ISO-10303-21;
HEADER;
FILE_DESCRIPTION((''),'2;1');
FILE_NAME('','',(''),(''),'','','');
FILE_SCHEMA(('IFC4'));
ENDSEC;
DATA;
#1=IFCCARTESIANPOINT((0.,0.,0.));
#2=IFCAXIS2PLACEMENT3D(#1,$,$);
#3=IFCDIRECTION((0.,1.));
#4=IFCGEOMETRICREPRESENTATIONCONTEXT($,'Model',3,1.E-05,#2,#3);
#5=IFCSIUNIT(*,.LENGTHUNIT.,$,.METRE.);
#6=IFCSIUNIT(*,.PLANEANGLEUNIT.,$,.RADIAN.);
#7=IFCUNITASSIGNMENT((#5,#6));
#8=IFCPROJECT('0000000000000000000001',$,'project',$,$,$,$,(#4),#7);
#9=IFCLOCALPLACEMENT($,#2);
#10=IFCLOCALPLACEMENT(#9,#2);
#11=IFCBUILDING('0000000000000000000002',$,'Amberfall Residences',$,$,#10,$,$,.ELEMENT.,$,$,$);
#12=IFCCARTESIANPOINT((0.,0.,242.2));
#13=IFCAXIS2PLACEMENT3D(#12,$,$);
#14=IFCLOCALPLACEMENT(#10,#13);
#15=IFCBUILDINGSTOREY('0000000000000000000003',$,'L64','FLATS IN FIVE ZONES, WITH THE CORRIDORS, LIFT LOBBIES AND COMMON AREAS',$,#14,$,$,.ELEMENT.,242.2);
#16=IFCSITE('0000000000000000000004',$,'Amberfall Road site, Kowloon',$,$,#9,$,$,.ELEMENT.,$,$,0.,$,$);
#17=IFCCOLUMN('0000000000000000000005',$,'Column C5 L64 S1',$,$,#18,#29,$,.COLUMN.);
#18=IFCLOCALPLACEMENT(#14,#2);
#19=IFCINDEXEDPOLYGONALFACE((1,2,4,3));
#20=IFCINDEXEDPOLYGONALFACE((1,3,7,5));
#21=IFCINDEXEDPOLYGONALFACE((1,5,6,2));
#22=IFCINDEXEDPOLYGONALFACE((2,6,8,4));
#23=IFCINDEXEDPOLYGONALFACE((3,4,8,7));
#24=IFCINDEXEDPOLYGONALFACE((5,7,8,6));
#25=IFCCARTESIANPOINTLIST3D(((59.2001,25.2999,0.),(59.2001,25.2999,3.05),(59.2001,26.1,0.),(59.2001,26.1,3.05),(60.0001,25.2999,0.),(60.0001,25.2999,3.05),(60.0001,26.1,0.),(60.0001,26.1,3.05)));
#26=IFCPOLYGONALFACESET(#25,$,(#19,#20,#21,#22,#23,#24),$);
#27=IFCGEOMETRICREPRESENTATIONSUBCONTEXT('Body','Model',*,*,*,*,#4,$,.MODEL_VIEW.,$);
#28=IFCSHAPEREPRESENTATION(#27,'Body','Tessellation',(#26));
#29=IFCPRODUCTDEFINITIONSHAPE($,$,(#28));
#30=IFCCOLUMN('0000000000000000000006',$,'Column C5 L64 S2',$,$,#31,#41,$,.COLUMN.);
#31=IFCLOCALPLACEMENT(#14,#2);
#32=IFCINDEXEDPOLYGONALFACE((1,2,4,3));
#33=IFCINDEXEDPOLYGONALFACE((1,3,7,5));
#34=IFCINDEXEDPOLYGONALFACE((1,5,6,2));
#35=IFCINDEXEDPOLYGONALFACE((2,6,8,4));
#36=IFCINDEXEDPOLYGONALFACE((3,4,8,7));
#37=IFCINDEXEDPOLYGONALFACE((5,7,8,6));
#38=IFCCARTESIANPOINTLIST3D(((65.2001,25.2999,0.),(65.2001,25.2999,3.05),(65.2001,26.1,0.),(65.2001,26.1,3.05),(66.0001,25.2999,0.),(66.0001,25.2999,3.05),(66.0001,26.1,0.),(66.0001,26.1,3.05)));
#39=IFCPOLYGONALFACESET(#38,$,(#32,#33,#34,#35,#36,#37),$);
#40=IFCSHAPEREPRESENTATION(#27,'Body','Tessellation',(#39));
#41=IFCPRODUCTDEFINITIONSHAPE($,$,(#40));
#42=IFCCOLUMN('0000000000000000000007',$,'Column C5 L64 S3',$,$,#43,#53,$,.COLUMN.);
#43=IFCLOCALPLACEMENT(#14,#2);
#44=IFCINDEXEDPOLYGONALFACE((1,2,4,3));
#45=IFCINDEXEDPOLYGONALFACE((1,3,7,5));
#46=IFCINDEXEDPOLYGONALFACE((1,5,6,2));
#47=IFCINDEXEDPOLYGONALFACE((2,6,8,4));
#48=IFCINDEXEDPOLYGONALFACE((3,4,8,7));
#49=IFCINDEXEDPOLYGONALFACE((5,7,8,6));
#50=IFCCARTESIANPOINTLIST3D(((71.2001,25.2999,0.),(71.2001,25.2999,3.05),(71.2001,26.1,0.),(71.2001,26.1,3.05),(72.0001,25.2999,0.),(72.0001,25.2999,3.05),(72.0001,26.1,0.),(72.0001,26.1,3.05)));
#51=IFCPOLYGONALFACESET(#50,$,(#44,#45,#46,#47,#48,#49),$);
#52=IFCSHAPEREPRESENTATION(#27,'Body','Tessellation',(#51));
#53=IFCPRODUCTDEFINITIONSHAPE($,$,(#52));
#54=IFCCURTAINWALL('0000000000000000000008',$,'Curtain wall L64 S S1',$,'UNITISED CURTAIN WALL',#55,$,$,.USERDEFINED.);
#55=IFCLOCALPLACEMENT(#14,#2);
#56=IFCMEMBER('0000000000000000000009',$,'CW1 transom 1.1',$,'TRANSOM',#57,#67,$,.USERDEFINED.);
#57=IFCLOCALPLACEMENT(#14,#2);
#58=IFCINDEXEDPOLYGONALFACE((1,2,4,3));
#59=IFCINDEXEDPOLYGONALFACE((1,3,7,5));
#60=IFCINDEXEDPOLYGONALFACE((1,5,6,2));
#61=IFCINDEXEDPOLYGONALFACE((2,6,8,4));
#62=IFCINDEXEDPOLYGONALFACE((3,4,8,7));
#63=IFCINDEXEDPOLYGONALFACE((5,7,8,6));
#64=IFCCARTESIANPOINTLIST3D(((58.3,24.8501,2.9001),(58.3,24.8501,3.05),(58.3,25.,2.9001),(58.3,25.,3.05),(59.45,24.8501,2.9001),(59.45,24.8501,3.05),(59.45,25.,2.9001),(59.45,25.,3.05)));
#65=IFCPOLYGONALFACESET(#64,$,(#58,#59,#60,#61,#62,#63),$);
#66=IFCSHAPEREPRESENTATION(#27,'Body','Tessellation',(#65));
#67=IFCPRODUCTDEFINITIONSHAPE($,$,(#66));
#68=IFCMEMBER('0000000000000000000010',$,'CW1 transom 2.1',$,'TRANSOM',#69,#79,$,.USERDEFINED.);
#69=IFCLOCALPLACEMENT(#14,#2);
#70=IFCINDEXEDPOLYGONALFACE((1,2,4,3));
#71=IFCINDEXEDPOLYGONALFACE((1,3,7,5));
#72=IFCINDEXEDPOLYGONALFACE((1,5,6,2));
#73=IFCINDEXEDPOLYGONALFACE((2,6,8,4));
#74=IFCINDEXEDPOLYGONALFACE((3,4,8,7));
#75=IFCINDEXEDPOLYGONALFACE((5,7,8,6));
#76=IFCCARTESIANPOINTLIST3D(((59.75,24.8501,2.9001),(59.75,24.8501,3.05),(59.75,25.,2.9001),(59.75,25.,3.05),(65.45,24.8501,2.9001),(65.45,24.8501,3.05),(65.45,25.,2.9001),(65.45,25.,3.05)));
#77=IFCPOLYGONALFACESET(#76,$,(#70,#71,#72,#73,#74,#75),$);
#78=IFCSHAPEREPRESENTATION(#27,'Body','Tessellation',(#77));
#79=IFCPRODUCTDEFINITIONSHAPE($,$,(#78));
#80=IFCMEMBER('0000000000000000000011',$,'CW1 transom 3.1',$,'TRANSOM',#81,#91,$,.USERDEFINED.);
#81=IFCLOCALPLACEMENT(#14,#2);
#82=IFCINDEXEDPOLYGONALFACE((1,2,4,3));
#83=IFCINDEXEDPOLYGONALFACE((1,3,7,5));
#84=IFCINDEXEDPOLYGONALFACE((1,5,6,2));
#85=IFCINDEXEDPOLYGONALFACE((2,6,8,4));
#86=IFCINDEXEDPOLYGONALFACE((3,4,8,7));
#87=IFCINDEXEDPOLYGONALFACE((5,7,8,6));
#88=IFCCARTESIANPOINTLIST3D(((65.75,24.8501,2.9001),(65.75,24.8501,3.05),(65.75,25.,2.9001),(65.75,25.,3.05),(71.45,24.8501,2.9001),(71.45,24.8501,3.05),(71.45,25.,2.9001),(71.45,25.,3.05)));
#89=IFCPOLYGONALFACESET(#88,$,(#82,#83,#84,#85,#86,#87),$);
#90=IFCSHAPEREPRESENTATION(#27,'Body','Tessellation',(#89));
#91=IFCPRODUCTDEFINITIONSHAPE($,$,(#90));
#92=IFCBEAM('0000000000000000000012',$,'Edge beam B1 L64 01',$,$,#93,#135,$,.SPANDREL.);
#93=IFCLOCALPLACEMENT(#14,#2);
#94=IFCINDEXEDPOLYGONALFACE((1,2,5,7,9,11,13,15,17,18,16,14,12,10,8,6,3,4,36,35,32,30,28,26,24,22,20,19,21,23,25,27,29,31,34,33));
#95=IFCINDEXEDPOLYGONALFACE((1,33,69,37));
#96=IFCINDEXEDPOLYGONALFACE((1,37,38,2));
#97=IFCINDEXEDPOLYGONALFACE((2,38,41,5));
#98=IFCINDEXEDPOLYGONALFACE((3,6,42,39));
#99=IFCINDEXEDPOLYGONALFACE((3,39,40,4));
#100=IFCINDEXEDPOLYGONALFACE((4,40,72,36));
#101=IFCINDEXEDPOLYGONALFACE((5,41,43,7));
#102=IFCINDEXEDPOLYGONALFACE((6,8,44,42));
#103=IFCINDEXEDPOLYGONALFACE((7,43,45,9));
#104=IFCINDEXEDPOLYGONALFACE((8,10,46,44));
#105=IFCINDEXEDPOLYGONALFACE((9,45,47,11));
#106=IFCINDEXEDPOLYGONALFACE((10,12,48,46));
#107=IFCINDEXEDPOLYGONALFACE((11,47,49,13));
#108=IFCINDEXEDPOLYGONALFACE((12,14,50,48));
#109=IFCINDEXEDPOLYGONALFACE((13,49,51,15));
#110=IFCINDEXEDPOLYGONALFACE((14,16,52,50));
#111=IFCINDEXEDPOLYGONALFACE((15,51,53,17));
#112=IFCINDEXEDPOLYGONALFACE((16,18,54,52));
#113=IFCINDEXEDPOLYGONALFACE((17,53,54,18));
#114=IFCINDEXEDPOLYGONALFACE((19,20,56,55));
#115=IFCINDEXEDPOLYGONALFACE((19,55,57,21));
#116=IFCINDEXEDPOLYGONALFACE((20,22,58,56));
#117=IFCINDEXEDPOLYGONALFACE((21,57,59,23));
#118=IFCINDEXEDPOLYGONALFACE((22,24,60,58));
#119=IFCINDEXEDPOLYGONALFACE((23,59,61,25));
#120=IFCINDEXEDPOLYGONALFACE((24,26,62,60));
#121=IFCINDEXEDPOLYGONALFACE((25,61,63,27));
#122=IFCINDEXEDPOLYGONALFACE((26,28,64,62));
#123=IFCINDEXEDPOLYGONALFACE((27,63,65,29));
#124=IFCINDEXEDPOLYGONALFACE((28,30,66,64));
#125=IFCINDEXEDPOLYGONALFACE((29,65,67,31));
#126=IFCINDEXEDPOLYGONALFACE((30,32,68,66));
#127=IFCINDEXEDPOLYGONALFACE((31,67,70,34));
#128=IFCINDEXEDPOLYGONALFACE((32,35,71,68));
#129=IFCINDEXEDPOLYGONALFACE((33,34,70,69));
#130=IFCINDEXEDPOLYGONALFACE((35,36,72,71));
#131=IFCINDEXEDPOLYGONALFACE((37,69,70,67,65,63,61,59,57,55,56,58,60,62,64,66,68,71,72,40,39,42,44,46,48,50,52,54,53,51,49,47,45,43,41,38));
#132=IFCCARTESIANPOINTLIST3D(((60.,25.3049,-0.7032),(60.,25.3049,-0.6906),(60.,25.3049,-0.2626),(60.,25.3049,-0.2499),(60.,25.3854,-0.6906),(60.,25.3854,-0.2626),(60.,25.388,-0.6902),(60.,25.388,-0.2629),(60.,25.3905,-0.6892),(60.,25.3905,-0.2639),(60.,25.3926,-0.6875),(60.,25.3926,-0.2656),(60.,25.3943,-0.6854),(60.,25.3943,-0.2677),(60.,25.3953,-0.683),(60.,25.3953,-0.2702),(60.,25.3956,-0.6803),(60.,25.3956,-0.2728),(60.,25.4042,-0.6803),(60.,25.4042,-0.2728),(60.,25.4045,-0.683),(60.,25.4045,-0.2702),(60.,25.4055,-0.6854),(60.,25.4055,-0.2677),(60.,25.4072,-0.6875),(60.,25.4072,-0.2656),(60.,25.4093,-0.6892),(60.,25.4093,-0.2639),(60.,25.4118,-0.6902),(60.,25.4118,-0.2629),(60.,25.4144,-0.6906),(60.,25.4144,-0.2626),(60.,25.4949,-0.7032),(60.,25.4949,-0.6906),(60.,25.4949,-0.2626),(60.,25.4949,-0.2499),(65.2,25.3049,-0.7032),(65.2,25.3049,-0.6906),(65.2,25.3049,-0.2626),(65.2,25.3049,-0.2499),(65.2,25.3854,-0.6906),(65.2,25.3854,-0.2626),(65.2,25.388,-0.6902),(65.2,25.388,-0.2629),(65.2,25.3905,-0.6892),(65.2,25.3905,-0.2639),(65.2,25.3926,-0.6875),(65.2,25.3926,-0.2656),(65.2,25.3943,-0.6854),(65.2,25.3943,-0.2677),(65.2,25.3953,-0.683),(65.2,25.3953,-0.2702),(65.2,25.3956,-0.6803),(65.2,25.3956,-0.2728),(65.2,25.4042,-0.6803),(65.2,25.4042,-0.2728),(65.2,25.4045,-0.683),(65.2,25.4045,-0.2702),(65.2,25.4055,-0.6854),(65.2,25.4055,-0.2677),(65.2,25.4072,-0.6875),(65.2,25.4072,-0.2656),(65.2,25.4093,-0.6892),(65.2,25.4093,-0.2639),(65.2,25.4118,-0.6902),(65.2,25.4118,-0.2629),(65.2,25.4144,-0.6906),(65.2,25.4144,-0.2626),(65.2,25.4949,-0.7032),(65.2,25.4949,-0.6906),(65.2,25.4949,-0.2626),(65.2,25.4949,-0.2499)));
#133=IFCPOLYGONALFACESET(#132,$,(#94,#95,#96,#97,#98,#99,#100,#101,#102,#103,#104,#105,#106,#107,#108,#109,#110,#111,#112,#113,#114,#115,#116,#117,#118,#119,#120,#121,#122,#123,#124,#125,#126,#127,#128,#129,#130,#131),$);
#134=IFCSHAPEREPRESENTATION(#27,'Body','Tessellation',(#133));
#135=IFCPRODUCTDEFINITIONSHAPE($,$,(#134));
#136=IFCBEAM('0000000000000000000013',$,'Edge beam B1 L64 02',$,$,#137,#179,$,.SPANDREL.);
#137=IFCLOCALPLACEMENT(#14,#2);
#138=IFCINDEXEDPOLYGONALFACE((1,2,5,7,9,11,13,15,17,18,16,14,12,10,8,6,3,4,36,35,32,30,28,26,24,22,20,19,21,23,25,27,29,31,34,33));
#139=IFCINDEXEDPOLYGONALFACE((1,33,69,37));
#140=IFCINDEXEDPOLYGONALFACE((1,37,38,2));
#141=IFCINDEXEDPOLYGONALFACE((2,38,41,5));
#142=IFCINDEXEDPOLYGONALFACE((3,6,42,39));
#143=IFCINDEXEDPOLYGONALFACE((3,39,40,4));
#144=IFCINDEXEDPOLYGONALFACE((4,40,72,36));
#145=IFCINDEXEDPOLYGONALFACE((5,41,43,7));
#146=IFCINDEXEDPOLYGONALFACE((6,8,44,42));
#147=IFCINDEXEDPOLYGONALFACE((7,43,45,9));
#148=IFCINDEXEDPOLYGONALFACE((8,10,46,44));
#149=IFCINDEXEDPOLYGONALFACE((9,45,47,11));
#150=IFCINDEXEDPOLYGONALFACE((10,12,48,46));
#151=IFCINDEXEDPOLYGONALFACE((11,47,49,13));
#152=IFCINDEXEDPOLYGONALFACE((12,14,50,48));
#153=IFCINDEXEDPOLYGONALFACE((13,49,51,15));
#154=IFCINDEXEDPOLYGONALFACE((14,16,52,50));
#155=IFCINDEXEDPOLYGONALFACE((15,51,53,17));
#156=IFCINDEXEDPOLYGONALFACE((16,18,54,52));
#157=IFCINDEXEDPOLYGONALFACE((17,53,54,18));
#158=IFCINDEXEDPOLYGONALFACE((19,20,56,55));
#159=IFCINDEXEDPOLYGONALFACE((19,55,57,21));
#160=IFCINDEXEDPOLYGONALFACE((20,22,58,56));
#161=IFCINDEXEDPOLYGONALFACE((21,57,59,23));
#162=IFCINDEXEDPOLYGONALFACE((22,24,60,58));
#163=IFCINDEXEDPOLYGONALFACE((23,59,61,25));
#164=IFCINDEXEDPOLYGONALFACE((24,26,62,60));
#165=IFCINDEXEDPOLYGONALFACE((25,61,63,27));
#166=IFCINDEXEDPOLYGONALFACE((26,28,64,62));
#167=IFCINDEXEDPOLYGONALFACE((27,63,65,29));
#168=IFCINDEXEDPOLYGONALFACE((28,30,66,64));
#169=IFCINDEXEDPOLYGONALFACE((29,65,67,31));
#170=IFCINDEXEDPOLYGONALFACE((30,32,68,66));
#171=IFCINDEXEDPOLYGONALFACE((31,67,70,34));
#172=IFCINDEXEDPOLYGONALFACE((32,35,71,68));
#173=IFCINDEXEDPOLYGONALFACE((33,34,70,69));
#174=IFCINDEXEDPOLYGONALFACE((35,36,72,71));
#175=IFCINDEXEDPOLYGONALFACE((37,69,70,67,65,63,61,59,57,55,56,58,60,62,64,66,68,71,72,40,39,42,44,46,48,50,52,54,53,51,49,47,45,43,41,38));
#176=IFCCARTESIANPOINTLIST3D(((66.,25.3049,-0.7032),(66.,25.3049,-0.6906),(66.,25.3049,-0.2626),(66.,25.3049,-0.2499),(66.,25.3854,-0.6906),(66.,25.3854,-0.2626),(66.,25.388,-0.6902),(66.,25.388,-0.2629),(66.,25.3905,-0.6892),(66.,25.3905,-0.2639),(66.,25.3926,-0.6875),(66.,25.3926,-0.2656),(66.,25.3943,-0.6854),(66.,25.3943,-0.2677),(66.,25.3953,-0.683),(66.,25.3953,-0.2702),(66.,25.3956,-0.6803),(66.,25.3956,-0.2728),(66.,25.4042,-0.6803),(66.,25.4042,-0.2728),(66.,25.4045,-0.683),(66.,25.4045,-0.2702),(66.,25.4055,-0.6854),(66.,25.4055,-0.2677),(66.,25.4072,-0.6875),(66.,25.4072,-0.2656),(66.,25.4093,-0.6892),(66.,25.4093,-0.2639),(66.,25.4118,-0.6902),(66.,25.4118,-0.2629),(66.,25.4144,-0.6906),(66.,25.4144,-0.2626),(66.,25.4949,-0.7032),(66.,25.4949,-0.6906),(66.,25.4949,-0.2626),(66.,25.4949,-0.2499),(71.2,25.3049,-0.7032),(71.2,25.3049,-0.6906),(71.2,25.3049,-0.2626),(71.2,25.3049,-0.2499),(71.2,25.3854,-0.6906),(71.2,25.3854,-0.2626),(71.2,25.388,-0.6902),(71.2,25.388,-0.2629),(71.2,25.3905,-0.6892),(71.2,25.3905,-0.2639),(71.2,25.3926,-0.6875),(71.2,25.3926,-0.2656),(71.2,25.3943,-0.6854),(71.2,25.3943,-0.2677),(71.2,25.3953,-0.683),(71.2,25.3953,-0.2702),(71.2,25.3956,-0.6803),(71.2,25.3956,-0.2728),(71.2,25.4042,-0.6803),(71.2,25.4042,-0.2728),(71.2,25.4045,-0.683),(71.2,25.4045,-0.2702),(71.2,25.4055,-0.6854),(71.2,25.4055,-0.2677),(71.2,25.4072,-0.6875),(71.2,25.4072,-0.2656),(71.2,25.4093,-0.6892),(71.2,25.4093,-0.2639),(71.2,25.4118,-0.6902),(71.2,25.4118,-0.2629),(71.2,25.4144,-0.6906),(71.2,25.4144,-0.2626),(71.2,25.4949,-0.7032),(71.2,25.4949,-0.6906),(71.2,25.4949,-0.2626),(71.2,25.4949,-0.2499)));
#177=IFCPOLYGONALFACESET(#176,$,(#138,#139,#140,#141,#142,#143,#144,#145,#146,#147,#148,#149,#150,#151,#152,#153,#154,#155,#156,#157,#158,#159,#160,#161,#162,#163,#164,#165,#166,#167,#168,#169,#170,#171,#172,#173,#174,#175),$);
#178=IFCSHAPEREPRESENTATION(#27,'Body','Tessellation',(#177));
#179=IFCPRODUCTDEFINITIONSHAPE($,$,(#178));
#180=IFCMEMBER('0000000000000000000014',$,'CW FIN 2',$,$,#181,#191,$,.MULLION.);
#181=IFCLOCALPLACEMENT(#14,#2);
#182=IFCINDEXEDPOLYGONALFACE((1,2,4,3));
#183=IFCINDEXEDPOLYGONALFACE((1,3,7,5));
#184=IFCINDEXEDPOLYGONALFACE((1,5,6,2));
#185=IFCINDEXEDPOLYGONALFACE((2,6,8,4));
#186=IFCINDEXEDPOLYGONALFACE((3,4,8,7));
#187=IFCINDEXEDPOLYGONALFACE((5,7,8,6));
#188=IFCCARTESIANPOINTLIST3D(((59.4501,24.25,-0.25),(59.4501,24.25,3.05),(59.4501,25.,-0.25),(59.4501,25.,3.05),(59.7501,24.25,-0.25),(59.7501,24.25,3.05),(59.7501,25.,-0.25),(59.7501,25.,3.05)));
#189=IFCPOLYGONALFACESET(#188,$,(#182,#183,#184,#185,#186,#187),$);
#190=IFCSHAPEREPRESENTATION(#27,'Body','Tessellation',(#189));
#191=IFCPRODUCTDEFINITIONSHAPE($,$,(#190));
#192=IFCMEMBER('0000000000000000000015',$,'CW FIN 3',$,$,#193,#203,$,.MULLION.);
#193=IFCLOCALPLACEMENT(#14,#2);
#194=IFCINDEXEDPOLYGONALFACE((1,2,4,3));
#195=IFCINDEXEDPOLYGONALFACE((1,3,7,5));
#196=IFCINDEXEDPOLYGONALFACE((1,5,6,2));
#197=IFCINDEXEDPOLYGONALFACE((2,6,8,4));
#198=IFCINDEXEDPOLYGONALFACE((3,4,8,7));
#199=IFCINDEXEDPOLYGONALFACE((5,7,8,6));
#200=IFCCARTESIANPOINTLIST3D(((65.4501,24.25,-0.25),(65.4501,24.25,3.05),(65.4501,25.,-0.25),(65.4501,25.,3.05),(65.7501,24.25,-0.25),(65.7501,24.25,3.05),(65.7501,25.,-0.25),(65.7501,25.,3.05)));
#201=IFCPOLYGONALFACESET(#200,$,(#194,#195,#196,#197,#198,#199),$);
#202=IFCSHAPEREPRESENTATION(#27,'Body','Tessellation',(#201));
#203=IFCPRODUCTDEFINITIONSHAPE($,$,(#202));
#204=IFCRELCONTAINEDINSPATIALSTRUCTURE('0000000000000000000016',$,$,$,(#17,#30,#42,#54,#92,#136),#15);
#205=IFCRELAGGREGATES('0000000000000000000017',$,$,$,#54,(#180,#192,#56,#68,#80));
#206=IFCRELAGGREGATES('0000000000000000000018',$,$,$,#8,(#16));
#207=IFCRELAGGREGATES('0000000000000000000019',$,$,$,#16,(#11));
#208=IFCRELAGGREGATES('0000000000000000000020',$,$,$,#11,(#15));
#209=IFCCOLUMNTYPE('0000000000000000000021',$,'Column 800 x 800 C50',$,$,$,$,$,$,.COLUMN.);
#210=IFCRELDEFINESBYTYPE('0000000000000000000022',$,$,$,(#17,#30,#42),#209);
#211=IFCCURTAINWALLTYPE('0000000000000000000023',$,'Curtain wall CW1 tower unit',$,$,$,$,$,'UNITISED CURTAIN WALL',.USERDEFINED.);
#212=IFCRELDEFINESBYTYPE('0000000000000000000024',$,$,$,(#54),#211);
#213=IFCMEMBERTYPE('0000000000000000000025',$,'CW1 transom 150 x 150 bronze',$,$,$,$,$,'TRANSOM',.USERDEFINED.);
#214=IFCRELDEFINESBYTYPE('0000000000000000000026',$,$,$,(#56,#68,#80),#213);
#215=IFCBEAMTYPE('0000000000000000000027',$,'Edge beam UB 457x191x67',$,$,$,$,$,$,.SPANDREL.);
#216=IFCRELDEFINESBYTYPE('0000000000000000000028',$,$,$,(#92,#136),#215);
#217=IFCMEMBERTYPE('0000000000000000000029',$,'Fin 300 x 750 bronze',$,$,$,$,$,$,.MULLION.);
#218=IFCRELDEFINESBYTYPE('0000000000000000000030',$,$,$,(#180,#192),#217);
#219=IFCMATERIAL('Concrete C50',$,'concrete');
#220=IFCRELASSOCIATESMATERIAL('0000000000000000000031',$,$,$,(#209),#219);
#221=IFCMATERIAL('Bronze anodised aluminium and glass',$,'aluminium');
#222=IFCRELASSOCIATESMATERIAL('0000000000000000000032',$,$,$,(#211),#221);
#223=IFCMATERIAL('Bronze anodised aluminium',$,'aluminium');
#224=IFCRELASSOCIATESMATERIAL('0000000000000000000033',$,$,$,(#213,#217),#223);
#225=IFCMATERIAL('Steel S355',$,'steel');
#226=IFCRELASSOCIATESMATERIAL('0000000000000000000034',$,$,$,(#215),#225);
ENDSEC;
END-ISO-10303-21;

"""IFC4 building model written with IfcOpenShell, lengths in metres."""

from ifc_helpers import new_model, si_unit, direction, frame, origin, origin_2d, place, context, subcontext, project, spatial, rectangle, i_section, extrude, material, material_profile, profile_set, type_object, element, aggregate, save


model = new_model("IFC4")

# Units and contexts
model_context = context("Model", 3, precision=1e-05, world=origin(), true_north=direction((0.0, 1.0)))
body_context = subcontext(model_context, "Body", "Model", "MODEL_VIEW")
ifc_project = project(units=[si_unit("LENGTHUNIT", "METRE"), si_unit("PLANEANGLEUNIT", "RADIAN")], contexts=[model_context])

# Site, building, storey
site_placement = place(None, origin())
site = spatial("IfcSite", under=ifc_project, at=site_placement, Name="Amberfall Road site, Kowloon", CompositionType="ELEMENT", RefElevation=0.0)
building_placement = place(site_placement, origin())
building = spatial("IfcBuilding", under=site, at=building_placement, Name="Amberfall Residences", CompositionType="ELEMENT")
storey_placement = place(building_placement, frame((0.0, 0.0, 242.2)))
storey = spatial("IfcBuildingStorey", under=building, at=storey_placement, Name="L64", Description="FLATS IN FIVE ZONES, WITH THE CORRIDORS, LIFT LOBBIES AND COMMON AREAS", CompositionType="ELEMENT", Elevation=242.2)

# Columns
ifc_material_1 = material(Name="Concrete C50", Category="concrete")
ifc_material_profile_1 = material_profile(ifc_material_1, rectangle(XDim=0.8, YDim=0.8, at=origin_2d()), Name="Column 800 x 800 C50")
ifc_profile_set_1 = profile_set([ifc_material_profile_1], Name="Concrete C50")
column_type = type_object("IfcColumnType", Name="Column 800 x 800 C50", PredefinedType="COLUMN", material=ifc_profile_set_1)
for number, where, z_axis, x_axis, name in (
    (1, (59.6001, 25.7, 0.0), (0.0, 0.0, 1.0), (1.0, 0.0, 0.0), "Column C5 L64 S1"),
    (2, (65.6001, 25.7, 0.0), (0.0, 0.0, 1.0), (1.0, 0.0, 0.0), "Column C5 L64 S2"),
    (3, (71.6001, 25.7, 0.0), (0.0, 0.0, 1.0), (1.0, 0.0, 0.0), "Column C5 L64 S3"),
):
    element("IfcColumn", number, at=place(storey_placement, frame(where, z_axis=z_axis, x_axis=x_axis)), inside=storey, type_object=column_type, Name=name, PredefinedType="COLUMN", context=body_context, shape_type="SweptSolid", body=[
        extrude(rectangle(XDim=0.8, YDim=0.8, at=origin_2d()), origin(), (0.0, 0.0, 1.0), 3.05),
    ])

# Curtain wall, members
ifc_material_2 = material(Name="Bronze anodised aluminium and glass", Category="aluminium")
curtain_wall_type = type_object("IfcCurtainWallType", Name="Curtain wall CW1 tower unit", ElementType="UNITISED CURTAIN WALL", PredefinedType="USERDEFINED", material=ifc_material_2)
curtain_wall_placement = place(storey_placement, origin())
curtain_wall = element("IfcCurtainWall", 4, at=curtain_wall_placement, inside=storey, type_object=curtain_wall_type, Name="Curtain wall L64 S S1", ObjectType="UNITISED CURTAIN WALL", PredefinedType="USERDEFINED")
ifc_material_3 = material(Name="Bronze anodised aluminium", Category="aluminium")
ifc_material_profile_2 = material_profile(ifc_material_3, rectangle(XDim=0.1499, YDim=0.1499, at=origin_2d()), Name="CW1 transom 150 x 150 bronze")
ifc_profile_set_2 = profile_set([ifc_material_profile_2], Name="Bronze anodised aluminium")
member_type_1 = type_object("IfcMemberType", Name="CW1 transom 150 x 150 bronze", ElementType="TRANSOM", PredefinedType="USERDEFINED", material=ifc_profile_set_2)
member_1_placement = place(storey_placement, frame((58.3, 24.925, 2.9751), z_axis=(1.0, 0.0, 0.0), x_axis=(0.0, 1.0, 0.0)))
member_1 = element("IfcMember", 5, at=member_1_placement, type_object=member_type_1, Name="CW1 transom 1.1", ObjectType="TRANSOM", PredefinedType="USERDEFINED", context=body_context, shape_type="SweptSolid", body=[
    extrude(rectangle(XDim=0.1499, YDim=0.1499, at=origin_2d()), origin(), (0.0, 0.0, 1.0), 1.1499),
])
member_2_placement = place(storey_placement, frame((59.75, 24.925, 2.9751), z_axis=(1.0, 0.0, 0.0), x_axis=(0.0, 1.0, 0.0)))
member_2 = element("IfcMember", 6, at=member_2_placement, type_object=member_type_1, Name="CW1 transom 2.1", ObjectType="TRANSOM", PredefinedType="USERDEFINED", context=body_context, shape_type="SweptSolid", body=[
    extrude(rectangle(XDim=0.1499, YDim=0.1499, at=origin_2d()), origin(), (0.0, 0.0, 1.0), 5.7),
])
member_3_placement = place(storey_placement, frame((65.75, 24.925, 2.9751), z_axis=(1.0, 0.0, 0.0), x_axis=(0.0, 1.0, 0.0)))
member_3 = element("IfcMember", 7, at=member_3_placement, type_object=member_type_1, Name="CW1 transom 3.1", ObjectType="TRANSOM", PredefinedType="USERDEFINED", context=body_context, shape_type="SweptSolid", body=[
    extrude(rectangle(XDim=0.1499, YDim=0.1499, at=origin_2d()), origin(), (0.0, 0.0, 1.0), 5.7),
])

# Beams
ifc_material_4 = material(Name="Steel S355", Category="steel")
ifc_material_profile_3 = material_profile(ifc_material_4, i_section(OverallWidth=0.1899, OverallDepth=0.4534, WebThickness=0.0085, FlangeThickness=0.0127, FilletRadius=0.0103, at=origin_2d()), Name="UB 457x191x67")
ifc_profile_set_3 = profile_set([ifc_material_profile_3], Name="Steel S355")
beam_type_1 = type_object("IfcBeamType", Name="Edge beam UB 457x191x67", PredefinedType="SPANDREL", material=ifc_profile_set_3)
for number, where, z_axis, x_axis, name in (
    (8, (60.0, 25.3999, -0.4766), (1.0, 0.0, 0.0), (0.0, 1.0, 0.0), "Edge beam B1 L64 01"),
    (9, (66.0, 25.3999, -0.4766), (1.0, 0.0, 0.0), (0.0, 1.0, 0.0), "Edge beam B1 L64 02"),
):
    element("IfcBeam", number, at=place(storey_placement, frame(where, z_axis=z_axis, x_axis=x_axis)), inside=storey, type_object=beam_type_1, Name=name, PredefinedType="SPANDREL", context=body_context, shape_type="SweptSolid", body=[
        extrude(i_section(OverallWidth=0.1899, OverallDepth=0.4534, WebThickness=0.0085, FlangeThickness=0.0127, FilletRadius=0.0103, at=origin_2d()), origin(), (0.0, 0.0, 1.0), 5.2),
    ])

# Members
ifc_material_profile_4 = material_profile(ifc_material_3, rectangle(XDim=0.75, YDim=0.3, at=origin_2d()), Name="Fin 300 x 750 bronze")
ifc_profile_set_4 = profile_set([ifc_material_profile_4], Name="Bronze anodised aluminium")
member_type_2 = type_object("IfcMemberType", Name="Fin 300 x 750 bronze", PredefinedType="MULLION", material=ifc_profile_set_4)
member_4_placement = place(storey_placement, frame((59.6001, 24.625, -0.25), z_axis=(0.0, 0.0, 1.0), x_axis=(0.0, 1.0, 0.0)))
member_4 = element("IfcMember", 10, at=member_4_placement, type_object=member_type_2, Name="CW FIN 2", PredefinedType="MULLION", context=body_context, shape_type="SweptSolid", body=[
    extrude(rectangle(XDim=0.75, YDim=0.3, at=origin_2d()), origin(), (0.0, 0.0, 1.0), 3.3),
])
member_5_placement = place(storey_placement, frame((65.6001, 24.625, -0.25), z_axis=(0.0, 0.0, 1.0), x_axis=(0.0, 1.0, 0.0)))
member_5 = element("IfcMember", 11, at=member_5_placement, type_object=member_type_2, Name="CW FIN 3", PredefinedType="MULLION", context=body_context, shape_type="SweptSolid", body=[
    extrude(rectangle(XDim=0.75, YDim=0.3, at=origin_2d()), origin(), (0.0, 0.0, 1.0), 3.3),
])

aggregate(curtain_wall, [member_4, member_5, member_1, member_2, member_3])

save(model, "model.ifc")
